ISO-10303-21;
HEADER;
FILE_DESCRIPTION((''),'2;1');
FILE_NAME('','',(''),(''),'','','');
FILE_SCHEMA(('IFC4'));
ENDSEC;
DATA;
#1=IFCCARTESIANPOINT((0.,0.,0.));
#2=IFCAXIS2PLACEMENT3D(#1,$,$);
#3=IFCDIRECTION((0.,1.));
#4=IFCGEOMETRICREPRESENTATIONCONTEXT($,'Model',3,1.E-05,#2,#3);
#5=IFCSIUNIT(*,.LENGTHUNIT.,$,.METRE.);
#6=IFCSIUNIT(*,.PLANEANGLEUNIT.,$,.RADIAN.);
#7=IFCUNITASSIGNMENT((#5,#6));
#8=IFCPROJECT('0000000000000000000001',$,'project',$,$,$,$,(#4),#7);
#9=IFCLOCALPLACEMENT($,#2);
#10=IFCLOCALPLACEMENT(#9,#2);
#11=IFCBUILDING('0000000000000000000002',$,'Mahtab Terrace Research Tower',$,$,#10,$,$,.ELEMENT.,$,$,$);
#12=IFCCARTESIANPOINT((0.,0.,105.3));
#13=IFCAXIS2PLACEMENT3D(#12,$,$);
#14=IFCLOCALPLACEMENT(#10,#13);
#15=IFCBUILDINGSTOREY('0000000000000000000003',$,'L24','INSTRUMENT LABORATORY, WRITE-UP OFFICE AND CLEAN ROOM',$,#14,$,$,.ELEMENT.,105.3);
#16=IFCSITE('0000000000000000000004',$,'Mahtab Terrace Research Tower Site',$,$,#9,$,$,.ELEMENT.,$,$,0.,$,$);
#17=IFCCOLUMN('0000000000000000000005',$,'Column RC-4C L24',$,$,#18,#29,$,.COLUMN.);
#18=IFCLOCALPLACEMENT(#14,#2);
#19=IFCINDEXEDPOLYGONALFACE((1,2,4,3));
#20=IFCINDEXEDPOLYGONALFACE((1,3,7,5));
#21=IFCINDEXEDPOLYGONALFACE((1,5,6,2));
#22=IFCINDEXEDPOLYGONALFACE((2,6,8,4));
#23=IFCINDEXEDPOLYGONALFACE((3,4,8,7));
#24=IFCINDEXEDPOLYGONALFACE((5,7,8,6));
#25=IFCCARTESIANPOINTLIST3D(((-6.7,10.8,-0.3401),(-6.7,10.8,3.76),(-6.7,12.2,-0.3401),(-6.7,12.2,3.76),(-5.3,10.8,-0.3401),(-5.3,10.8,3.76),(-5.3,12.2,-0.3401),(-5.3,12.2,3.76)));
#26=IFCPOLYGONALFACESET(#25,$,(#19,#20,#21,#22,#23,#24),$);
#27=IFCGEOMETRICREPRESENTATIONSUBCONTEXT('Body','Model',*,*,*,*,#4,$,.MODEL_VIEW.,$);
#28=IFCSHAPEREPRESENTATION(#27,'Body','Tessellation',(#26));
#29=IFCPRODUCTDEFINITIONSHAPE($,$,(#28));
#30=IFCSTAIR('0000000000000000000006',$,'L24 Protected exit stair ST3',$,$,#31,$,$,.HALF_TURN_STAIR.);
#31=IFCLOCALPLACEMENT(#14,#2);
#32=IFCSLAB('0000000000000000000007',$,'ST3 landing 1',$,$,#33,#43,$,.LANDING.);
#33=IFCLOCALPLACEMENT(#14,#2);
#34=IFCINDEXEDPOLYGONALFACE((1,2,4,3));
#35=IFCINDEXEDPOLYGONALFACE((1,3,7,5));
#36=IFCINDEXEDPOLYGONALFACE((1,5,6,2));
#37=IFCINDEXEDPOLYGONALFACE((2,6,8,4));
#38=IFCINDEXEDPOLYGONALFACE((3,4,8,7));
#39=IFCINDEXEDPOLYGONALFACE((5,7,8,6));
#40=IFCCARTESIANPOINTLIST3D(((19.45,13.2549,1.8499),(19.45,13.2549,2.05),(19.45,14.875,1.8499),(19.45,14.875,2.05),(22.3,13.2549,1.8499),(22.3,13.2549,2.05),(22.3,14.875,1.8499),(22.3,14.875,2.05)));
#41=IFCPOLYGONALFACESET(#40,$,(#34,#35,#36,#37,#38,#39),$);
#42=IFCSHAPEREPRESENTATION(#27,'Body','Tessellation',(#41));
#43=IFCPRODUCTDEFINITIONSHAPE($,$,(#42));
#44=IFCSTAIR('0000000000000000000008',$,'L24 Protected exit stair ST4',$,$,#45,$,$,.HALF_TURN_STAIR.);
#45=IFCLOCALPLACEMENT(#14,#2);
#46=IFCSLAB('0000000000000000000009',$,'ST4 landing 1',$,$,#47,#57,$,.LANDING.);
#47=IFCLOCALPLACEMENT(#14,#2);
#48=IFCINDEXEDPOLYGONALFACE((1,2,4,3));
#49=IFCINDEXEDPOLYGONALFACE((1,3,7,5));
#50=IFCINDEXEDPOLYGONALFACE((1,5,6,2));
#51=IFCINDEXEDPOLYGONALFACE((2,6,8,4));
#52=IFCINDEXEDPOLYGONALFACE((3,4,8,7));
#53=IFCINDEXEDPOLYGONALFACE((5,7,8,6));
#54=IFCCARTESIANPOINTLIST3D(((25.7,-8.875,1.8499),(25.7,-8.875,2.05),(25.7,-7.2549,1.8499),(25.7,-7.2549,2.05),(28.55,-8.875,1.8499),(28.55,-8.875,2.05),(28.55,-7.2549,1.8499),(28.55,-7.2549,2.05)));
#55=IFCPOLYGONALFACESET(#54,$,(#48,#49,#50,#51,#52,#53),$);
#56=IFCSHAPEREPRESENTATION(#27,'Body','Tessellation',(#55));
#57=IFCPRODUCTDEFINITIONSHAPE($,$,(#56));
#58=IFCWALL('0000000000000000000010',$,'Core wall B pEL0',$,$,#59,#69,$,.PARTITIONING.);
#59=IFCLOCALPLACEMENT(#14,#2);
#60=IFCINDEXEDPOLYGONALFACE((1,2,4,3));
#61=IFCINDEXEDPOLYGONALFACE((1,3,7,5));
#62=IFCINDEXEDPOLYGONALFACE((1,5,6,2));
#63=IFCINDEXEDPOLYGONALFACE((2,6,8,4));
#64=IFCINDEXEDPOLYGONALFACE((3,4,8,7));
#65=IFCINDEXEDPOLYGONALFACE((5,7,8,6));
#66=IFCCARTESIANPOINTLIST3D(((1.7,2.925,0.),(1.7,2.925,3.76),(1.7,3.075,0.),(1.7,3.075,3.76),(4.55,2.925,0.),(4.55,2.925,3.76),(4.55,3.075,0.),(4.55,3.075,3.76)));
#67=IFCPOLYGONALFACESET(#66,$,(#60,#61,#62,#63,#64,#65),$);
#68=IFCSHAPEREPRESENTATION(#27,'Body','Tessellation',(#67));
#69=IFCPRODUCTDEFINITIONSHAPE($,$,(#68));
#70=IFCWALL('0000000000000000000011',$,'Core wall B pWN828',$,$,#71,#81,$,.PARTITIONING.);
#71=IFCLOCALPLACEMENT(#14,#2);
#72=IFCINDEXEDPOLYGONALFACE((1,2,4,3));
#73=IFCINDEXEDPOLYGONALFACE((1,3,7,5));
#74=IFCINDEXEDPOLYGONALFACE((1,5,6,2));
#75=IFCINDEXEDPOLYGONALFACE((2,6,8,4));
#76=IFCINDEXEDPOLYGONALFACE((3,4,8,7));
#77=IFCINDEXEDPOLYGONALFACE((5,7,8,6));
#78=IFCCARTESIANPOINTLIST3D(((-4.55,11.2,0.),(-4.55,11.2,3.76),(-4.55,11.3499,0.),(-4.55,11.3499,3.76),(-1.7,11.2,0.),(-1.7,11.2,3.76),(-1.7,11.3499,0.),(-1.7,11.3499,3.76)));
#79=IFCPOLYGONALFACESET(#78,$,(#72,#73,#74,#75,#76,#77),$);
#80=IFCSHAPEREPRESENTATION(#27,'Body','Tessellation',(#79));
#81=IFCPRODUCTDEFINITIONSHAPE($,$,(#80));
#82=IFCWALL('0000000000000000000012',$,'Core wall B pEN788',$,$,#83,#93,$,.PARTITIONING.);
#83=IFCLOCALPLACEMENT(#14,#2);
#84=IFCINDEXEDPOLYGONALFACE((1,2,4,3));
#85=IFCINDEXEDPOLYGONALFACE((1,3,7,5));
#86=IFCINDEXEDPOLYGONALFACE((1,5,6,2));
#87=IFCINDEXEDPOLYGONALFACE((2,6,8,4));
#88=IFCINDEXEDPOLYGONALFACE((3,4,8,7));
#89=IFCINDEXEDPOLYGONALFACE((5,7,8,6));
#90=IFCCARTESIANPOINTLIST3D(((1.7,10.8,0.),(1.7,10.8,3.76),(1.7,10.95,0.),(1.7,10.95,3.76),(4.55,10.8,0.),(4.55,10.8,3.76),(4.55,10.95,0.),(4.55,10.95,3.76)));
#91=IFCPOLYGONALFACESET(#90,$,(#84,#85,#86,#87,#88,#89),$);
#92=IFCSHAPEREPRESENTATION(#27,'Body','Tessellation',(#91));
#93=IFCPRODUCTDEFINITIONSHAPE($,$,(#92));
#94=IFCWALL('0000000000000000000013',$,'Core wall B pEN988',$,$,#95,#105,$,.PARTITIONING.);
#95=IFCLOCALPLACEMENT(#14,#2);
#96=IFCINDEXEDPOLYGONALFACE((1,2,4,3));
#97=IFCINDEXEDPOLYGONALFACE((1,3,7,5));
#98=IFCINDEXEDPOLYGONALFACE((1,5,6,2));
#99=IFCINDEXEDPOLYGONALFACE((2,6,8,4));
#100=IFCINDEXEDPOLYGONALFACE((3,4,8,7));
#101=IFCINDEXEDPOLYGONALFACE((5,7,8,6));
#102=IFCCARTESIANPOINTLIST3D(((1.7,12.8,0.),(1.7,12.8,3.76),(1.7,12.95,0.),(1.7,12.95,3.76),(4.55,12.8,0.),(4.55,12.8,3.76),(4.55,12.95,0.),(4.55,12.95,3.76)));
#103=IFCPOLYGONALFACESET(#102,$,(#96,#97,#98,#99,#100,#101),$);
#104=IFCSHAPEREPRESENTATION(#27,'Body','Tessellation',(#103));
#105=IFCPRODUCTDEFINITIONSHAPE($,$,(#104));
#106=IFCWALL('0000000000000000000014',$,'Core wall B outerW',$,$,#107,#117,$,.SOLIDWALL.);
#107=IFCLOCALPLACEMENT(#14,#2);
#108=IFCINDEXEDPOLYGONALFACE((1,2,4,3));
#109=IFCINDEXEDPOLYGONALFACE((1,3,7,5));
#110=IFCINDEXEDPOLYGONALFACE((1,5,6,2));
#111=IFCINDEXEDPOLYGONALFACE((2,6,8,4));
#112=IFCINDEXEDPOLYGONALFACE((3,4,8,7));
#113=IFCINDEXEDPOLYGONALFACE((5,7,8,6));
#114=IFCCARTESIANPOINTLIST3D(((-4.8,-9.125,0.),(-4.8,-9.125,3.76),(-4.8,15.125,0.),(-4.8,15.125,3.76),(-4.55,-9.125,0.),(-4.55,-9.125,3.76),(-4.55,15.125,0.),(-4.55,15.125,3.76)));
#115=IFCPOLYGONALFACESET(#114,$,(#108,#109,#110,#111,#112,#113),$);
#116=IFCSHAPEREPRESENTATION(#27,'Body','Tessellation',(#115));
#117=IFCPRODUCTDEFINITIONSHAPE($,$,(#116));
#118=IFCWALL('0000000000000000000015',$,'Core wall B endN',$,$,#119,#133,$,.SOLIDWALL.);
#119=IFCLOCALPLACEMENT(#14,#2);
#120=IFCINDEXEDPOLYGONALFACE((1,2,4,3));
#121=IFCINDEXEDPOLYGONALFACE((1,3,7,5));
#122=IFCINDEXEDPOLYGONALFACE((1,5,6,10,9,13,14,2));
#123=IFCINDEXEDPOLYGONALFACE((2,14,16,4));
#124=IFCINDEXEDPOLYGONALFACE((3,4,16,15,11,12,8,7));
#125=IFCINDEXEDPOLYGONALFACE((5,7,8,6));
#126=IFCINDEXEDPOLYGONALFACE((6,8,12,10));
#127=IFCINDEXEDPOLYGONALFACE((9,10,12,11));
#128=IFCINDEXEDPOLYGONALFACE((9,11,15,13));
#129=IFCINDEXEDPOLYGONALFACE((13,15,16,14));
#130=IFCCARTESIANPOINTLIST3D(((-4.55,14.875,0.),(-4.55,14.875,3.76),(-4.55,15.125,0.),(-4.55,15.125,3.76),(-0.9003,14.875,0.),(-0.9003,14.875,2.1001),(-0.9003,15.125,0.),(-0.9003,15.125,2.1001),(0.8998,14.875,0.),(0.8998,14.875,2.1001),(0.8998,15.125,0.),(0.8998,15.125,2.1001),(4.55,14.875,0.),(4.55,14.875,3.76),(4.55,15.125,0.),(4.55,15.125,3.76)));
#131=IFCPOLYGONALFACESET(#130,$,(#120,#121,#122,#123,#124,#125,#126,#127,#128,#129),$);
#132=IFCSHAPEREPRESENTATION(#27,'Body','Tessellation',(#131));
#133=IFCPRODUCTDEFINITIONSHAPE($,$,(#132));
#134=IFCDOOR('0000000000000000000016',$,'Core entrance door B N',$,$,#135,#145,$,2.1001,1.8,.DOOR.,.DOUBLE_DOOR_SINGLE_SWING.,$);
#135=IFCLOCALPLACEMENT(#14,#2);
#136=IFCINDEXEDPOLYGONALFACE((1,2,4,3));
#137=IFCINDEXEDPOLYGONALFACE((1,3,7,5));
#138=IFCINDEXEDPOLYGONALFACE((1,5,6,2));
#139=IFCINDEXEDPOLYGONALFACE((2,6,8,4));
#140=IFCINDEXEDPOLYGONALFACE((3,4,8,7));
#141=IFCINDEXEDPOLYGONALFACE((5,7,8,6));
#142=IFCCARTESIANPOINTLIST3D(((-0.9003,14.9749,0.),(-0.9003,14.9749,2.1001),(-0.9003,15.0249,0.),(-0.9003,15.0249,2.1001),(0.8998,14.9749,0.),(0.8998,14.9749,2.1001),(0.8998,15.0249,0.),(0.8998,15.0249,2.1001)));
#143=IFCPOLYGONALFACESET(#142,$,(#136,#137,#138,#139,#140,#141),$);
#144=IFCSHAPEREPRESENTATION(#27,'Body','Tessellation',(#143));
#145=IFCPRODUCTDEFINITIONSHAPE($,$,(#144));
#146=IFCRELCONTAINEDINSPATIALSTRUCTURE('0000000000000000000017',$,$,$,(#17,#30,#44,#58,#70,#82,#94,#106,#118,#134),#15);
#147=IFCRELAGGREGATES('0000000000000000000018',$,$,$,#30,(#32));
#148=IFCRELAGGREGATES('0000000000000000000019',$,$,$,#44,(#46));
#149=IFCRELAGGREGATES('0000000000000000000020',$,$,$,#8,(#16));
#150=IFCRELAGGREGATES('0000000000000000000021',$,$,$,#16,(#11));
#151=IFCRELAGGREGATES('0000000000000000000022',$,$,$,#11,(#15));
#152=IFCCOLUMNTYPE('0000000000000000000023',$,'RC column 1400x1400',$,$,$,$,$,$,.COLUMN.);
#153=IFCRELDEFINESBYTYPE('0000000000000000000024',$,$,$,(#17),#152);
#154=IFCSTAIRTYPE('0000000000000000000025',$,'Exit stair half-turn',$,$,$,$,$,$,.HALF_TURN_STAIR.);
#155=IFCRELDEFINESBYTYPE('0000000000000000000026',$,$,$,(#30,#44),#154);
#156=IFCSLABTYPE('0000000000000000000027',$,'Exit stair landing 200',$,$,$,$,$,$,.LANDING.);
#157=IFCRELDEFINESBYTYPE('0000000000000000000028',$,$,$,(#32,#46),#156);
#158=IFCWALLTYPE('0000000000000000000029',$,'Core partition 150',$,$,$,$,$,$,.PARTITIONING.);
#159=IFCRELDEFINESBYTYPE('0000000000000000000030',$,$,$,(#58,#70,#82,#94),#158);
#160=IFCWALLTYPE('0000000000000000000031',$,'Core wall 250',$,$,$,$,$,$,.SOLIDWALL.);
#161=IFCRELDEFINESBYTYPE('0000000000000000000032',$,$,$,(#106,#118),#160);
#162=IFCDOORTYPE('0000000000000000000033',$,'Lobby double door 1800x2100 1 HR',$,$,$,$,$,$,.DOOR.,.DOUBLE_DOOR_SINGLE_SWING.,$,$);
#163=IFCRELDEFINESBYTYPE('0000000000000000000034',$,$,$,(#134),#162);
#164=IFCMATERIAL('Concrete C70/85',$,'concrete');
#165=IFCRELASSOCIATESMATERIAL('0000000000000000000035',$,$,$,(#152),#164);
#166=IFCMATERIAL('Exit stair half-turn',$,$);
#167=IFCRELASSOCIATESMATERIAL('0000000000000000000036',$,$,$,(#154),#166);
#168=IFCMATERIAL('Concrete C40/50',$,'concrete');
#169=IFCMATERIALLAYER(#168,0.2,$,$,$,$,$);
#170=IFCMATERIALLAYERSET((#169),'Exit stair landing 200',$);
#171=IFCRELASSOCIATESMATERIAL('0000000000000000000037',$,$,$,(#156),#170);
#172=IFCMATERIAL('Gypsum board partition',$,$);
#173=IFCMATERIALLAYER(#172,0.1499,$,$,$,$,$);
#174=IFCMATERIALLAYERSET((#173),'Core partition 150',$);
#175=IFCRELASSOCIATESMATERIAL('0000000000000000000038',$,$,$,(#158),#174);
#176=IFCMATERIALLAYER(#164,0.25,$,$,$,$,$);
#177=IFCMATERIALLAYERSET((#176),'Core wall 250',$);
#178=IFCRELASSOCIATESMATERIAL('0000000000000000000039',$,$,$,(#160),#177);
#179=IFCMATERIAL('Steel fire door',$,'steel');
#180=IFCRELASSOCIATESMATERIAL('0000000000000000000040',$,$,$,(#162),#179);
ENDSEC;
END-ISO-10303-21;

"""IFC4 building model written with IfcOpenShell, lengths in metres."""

from ifc_helpers import new_model, si_unit, direction, frame, frame_2d, origin, origin_2d, place, context, subcontext, project, spatial, polyline, rectangle, outline, extrude, material, layer, layer_set, material_profile, profile_set, type_object, element, fill, aggregate, save


model = new_model("IFC4")

# Units and contexts
model_context = context("Model", 3, precision=1e-05, world=origin(), true_north=direction((0.0, 1.0)))
body_context = subcontext(model_context, "Body", "Model", "MODEL_VIEW")
ifc_project = project(units=[si_unit("LENGTHUNIT", "METRE"), si_unit("PLANEANGLEUNIT", "RADIAN")], contexts=[model_context])

# Site, building, storey
site_placement = place(None, origin())
site = spatial("IfcSite", under=ifc_project, at=site_placement, Name="Mahtab Terrace Research Tower Site", CompositionType="ELEMENT", RefElevation=0.0)
building_placement = place(site_placement, origin())
building = spatial("IfcBuilding", under=site, at=building_placement, Name="Mahtab Terrace Research Tower", CompositionType="ELEMENT")
storey_placement = place(building_placement, frame((0.0, 0.0, 105.3)))
storey = spatial("IfcBuildingStorey", under=building, at=storey_placement, Name="L24", Description="INSTRUMENT LABORATORY, WRITE-UP OFFICE AND CLEAN ROOM", CompositionType="ELEMENT", Elevation=105.3)

# Column
ifc_material_1 = material(Name="Concrete C70/85", Category="concrete")
ifc_material_profile = material_profile(ifc_material_1, rectangle(XDim=1.3999, YDim=1.3999, at=origin_2d()), Name="RC column 1400x1400")
ifc_profile_set = profile_set([ifc_material_profile], Name="Concrete C70/85")
column_type = type_object("IfcColumnType", Name="RC column 1400x1400", PredefinedType="COLUMN", material=ifc_profile_set)
column_placement = place(storey_placement, frame((-6.0, 11.5, -0.3401), z_axis=(0.0, 0.0, 1.0), x_axis=(1.0, 0.0, 0.0)))
element("IfcColumn", 1, at=column_placement, inside=storey, type_object=column_type, Name="Column RC-4C L24", PredefinedType="COLUMN", context=body_context, shape_type="SweptSolid", body=[
    extrude(rectangle(XDim=1.3999, YDim=1.3999, at=origin_2d()), origin(), (0.0, 0.0, 1.0), 4.1001),
])

# Stairs, slabs
ifc_material_2 = material(Name="Exit stair half-turn")
stair_type = type_object("IfcStairType", Name="Exit stair half-turn", PredefinedType="HALF_TURN_STAIR", material=ifc_material_2)
stair_1_placement = place(storey_placement, origin())
stair_1 = element("IfcStair", 2, at=stair_1_placement, inside=storey, type_object=stair_type, Name="L24 Protected exit stair ST3", PredefinedType="HALF_TURN_STAIR")
ifc_material_3 = material(Name="Concrete C40/50", Category="concrete")
ifc_layer_1 = layer(ifc_material_3, 0.2)
ifc_layer_set_1 = layer_set([ifc_layer_1], Name="Exit stair landing 200")
slab_type = type_object("IfcSlabType", Name="Exit stair landing 200", PredefinedType="LANDING", material=ifc_layer_set_1)
slab_1_placement = place(storey_placement, frame((0.0, 0.0, 1.8499)))
slab_1 = element("IfcSlab", 3, at=slab_1_placement, type_object=slab_type, Name="ST3 landing 1", PredefinedType="LANDING", context=body_context, shape_type="SweptSolid", body=[
    extrude(outline(polyline([(22.3, 13.2549), (22.3, 14.875), (19.45, 14.875), (19.45, 13.2549), (22.3, 13.2549)])), origin(), (0.0, 0.0, 1.0), 0.2002),
])
aggregate(stair_1, [slab_1])
stair_2_placement = place(storey_placement, origin())
stair_2 = element("IfcStair", 4, at=stair_2_placement, inside=storey, type_object=stair_type, Name="L24 Protected exit stair ST4", PredefinedType="HALF_TURN_STAIR")
slab_2_placement = place(storey_placement, frame((0.0, 0.0, 1.8499)))
slab_2 = element("IfcSlab", 5, at=slab_2_placement, type_object=slab_type, Name="ST4 landing 1", PredefinedType="LANDING", context=body_context, shape_type="SweptSolid", body=[
    extrude(outline(polyline([(25.7, -7.2549), (25.7, -8.875), (28.55, -8.875), (28.55, -7.2549), (25.7, -7.2549)])), origin(), (0.0, 0.0, 1.0), 0.2002),
])
aggregate(stair_2, [slab_2])

# Walls
ifc_material_4 = material(Name="Gypsum board partition")
ifc_layer_2 = layer(ifc_material_4, 0.1499)
ifc_layer_set_2 = layer_set([ifc_layer_2], Name="Core partition 150")
wall_type_1 = type_object("IfcWallType", Name="Core partition 150", PredefinedType="PARTITIONING", material=ifc_layer_set_2)
for number, where, z_axis, x_axis, name in (
    (6, (1.7, 3.0, 0.0), (0.0, 0.0, 1.0), (1.0, 0.0, 0.0), "Core wall B pEL0"),
    (7, (-4.55, 11.2749, 0.0), (0.0, 0.0, 1.0), (1.0, 0.0, 0.0), "Core wall B pWN828"),
    (8, (1.7, 10.875, 0.0), (0.0, 0.0, 1.0), (1.0, 0.0, 0.0), "Core wall B pEN788"),
    (9, (1.7, 12.875, 0.0), (0.0, 0.0, 1.0), (1.0, 0.0, 0.0), "Core wall B pEN988"),
):
    element("IfcWall", number, at=place(storey_placement, frame(where, z_axis=z_axis, x_axis=x_axis)), inside=storey, type_object=wall_type_1, Name=name, PredefinedType="PARTITIONING", context=body_context, shape_type="SweptSolid", body=[
        extrude(rectangle(XDim=2.8501, YDim=0.1499, at=frame_2d((1.425, 0.0))), origin(), (0.0, 0.0, 1.0), 3.76),
    ])
ifc_layer_3 = layer(ifc_material_1, 0.25)
ifc_layer_set_3 = layer_set([ifc_layer_3], Name="Core wall 250")
wall_type_2 = type_object("IfcWallType", Name="Core wall 250", PredefinedType="SOLIDWALL", material=ifc_layer_set_3)
wall_1_placement = place(storey_placement, frame((-4.675, 15.125, 0.0), z_axis=(0.0, 0.0, 1.0), x_axis=(0.0, -1.0, 0.0)))
element("IfcWall", 10, at=wall_1_placement, inside=storey, type_object=wall_type_2, Name="Core wall B outerW", PredefinedType="SOLIDWALL", context=body_context, shape_type="SweptSolid", body=[
    extrude(rectangle(XDim=24.25, YDim=0.25, at=frame_2d((12.125, 0.0))), origin(), (0.0, 0.0, 1.0), 3.76),
])

# Wall, opening, door
wall_2_placement = place(storey_placement, frame((-4.55, 15.0, 0.0), z_axis=(0.0, 0.0, 1.0), x_axis=(1.0, 0.0, 0.0)))
wall_2 = element("IfcWall", 11, at=wall_2_placement, inside=storey, type_object=wall_type_2, Name="Core wall B endN", PredefinedType="SOLIDWALL", context=body_context, shape_type="SweptSolid", body=[
    extrude(rectangle(XDim=9.1001, YDim=0.25, at=frame_2d((4.55, 0.0))), origin(), (0.0, 0.0, 1.0), 3.76),
])
opening_1_placement = place(wall_2_placement, frame((3.6499, 0.0, 0.0)))
opening_1 = element("IfcOpeningElement", 12, at=opening_1_placement, cuts=wall_2, PredefinedType="OPENING", context=body_context, shape_type="SweptSolid", body=[
    extrude(rectangle(XDim=1.8, YDim=2.1001, at=frame_2d((0.8999, 1.05))), frame((0.0, 0.135, 0.0), z_axis=(0.0, -1.0, 0.0), x_axis=(1.0, 0.0, 0.0)), (0.0, 0.0, 1.0), 0.27),
])
ifc_material_5 = material(Name="Steel fire door", Category="steel")
door_type_1 = type_object("IfcDoorType", Name="Lobby double door 1800x2100 1 HR", OperationType="DOUBLE_DOOR_SINGLE_SWING", PredefinedType="DOOR", material=ifc_material_5)
door_1_placement = place(opening_1_placement, origin())
door_1 = element("IfcDoor", 13, at=door_1_placement, inside=storey, type_object=door_type_1, Name="Core entrance door B N", OperationType="DOUBLE_DOOR_SINGLE_SWING", OverallHeight=2.1001, OverallWidth=1.8, PredefinedType="DOOR", context=body_context, shape_type="SweptSolid", body=[
    extrude(rectangle(XDim=1.8, YDim=2.1001, at=frame_2d((0.8999, 1.05))), frame((0.0, 0.0249, 0.0), z_axis=(0.0, -1.0, 0.0), x_axis=(1.0, 0.0, 0.0)), (0.0, 0.0, 1.0), 0.05),
])
fill(opening_1, door_1)

save(model, "model.ifc")
